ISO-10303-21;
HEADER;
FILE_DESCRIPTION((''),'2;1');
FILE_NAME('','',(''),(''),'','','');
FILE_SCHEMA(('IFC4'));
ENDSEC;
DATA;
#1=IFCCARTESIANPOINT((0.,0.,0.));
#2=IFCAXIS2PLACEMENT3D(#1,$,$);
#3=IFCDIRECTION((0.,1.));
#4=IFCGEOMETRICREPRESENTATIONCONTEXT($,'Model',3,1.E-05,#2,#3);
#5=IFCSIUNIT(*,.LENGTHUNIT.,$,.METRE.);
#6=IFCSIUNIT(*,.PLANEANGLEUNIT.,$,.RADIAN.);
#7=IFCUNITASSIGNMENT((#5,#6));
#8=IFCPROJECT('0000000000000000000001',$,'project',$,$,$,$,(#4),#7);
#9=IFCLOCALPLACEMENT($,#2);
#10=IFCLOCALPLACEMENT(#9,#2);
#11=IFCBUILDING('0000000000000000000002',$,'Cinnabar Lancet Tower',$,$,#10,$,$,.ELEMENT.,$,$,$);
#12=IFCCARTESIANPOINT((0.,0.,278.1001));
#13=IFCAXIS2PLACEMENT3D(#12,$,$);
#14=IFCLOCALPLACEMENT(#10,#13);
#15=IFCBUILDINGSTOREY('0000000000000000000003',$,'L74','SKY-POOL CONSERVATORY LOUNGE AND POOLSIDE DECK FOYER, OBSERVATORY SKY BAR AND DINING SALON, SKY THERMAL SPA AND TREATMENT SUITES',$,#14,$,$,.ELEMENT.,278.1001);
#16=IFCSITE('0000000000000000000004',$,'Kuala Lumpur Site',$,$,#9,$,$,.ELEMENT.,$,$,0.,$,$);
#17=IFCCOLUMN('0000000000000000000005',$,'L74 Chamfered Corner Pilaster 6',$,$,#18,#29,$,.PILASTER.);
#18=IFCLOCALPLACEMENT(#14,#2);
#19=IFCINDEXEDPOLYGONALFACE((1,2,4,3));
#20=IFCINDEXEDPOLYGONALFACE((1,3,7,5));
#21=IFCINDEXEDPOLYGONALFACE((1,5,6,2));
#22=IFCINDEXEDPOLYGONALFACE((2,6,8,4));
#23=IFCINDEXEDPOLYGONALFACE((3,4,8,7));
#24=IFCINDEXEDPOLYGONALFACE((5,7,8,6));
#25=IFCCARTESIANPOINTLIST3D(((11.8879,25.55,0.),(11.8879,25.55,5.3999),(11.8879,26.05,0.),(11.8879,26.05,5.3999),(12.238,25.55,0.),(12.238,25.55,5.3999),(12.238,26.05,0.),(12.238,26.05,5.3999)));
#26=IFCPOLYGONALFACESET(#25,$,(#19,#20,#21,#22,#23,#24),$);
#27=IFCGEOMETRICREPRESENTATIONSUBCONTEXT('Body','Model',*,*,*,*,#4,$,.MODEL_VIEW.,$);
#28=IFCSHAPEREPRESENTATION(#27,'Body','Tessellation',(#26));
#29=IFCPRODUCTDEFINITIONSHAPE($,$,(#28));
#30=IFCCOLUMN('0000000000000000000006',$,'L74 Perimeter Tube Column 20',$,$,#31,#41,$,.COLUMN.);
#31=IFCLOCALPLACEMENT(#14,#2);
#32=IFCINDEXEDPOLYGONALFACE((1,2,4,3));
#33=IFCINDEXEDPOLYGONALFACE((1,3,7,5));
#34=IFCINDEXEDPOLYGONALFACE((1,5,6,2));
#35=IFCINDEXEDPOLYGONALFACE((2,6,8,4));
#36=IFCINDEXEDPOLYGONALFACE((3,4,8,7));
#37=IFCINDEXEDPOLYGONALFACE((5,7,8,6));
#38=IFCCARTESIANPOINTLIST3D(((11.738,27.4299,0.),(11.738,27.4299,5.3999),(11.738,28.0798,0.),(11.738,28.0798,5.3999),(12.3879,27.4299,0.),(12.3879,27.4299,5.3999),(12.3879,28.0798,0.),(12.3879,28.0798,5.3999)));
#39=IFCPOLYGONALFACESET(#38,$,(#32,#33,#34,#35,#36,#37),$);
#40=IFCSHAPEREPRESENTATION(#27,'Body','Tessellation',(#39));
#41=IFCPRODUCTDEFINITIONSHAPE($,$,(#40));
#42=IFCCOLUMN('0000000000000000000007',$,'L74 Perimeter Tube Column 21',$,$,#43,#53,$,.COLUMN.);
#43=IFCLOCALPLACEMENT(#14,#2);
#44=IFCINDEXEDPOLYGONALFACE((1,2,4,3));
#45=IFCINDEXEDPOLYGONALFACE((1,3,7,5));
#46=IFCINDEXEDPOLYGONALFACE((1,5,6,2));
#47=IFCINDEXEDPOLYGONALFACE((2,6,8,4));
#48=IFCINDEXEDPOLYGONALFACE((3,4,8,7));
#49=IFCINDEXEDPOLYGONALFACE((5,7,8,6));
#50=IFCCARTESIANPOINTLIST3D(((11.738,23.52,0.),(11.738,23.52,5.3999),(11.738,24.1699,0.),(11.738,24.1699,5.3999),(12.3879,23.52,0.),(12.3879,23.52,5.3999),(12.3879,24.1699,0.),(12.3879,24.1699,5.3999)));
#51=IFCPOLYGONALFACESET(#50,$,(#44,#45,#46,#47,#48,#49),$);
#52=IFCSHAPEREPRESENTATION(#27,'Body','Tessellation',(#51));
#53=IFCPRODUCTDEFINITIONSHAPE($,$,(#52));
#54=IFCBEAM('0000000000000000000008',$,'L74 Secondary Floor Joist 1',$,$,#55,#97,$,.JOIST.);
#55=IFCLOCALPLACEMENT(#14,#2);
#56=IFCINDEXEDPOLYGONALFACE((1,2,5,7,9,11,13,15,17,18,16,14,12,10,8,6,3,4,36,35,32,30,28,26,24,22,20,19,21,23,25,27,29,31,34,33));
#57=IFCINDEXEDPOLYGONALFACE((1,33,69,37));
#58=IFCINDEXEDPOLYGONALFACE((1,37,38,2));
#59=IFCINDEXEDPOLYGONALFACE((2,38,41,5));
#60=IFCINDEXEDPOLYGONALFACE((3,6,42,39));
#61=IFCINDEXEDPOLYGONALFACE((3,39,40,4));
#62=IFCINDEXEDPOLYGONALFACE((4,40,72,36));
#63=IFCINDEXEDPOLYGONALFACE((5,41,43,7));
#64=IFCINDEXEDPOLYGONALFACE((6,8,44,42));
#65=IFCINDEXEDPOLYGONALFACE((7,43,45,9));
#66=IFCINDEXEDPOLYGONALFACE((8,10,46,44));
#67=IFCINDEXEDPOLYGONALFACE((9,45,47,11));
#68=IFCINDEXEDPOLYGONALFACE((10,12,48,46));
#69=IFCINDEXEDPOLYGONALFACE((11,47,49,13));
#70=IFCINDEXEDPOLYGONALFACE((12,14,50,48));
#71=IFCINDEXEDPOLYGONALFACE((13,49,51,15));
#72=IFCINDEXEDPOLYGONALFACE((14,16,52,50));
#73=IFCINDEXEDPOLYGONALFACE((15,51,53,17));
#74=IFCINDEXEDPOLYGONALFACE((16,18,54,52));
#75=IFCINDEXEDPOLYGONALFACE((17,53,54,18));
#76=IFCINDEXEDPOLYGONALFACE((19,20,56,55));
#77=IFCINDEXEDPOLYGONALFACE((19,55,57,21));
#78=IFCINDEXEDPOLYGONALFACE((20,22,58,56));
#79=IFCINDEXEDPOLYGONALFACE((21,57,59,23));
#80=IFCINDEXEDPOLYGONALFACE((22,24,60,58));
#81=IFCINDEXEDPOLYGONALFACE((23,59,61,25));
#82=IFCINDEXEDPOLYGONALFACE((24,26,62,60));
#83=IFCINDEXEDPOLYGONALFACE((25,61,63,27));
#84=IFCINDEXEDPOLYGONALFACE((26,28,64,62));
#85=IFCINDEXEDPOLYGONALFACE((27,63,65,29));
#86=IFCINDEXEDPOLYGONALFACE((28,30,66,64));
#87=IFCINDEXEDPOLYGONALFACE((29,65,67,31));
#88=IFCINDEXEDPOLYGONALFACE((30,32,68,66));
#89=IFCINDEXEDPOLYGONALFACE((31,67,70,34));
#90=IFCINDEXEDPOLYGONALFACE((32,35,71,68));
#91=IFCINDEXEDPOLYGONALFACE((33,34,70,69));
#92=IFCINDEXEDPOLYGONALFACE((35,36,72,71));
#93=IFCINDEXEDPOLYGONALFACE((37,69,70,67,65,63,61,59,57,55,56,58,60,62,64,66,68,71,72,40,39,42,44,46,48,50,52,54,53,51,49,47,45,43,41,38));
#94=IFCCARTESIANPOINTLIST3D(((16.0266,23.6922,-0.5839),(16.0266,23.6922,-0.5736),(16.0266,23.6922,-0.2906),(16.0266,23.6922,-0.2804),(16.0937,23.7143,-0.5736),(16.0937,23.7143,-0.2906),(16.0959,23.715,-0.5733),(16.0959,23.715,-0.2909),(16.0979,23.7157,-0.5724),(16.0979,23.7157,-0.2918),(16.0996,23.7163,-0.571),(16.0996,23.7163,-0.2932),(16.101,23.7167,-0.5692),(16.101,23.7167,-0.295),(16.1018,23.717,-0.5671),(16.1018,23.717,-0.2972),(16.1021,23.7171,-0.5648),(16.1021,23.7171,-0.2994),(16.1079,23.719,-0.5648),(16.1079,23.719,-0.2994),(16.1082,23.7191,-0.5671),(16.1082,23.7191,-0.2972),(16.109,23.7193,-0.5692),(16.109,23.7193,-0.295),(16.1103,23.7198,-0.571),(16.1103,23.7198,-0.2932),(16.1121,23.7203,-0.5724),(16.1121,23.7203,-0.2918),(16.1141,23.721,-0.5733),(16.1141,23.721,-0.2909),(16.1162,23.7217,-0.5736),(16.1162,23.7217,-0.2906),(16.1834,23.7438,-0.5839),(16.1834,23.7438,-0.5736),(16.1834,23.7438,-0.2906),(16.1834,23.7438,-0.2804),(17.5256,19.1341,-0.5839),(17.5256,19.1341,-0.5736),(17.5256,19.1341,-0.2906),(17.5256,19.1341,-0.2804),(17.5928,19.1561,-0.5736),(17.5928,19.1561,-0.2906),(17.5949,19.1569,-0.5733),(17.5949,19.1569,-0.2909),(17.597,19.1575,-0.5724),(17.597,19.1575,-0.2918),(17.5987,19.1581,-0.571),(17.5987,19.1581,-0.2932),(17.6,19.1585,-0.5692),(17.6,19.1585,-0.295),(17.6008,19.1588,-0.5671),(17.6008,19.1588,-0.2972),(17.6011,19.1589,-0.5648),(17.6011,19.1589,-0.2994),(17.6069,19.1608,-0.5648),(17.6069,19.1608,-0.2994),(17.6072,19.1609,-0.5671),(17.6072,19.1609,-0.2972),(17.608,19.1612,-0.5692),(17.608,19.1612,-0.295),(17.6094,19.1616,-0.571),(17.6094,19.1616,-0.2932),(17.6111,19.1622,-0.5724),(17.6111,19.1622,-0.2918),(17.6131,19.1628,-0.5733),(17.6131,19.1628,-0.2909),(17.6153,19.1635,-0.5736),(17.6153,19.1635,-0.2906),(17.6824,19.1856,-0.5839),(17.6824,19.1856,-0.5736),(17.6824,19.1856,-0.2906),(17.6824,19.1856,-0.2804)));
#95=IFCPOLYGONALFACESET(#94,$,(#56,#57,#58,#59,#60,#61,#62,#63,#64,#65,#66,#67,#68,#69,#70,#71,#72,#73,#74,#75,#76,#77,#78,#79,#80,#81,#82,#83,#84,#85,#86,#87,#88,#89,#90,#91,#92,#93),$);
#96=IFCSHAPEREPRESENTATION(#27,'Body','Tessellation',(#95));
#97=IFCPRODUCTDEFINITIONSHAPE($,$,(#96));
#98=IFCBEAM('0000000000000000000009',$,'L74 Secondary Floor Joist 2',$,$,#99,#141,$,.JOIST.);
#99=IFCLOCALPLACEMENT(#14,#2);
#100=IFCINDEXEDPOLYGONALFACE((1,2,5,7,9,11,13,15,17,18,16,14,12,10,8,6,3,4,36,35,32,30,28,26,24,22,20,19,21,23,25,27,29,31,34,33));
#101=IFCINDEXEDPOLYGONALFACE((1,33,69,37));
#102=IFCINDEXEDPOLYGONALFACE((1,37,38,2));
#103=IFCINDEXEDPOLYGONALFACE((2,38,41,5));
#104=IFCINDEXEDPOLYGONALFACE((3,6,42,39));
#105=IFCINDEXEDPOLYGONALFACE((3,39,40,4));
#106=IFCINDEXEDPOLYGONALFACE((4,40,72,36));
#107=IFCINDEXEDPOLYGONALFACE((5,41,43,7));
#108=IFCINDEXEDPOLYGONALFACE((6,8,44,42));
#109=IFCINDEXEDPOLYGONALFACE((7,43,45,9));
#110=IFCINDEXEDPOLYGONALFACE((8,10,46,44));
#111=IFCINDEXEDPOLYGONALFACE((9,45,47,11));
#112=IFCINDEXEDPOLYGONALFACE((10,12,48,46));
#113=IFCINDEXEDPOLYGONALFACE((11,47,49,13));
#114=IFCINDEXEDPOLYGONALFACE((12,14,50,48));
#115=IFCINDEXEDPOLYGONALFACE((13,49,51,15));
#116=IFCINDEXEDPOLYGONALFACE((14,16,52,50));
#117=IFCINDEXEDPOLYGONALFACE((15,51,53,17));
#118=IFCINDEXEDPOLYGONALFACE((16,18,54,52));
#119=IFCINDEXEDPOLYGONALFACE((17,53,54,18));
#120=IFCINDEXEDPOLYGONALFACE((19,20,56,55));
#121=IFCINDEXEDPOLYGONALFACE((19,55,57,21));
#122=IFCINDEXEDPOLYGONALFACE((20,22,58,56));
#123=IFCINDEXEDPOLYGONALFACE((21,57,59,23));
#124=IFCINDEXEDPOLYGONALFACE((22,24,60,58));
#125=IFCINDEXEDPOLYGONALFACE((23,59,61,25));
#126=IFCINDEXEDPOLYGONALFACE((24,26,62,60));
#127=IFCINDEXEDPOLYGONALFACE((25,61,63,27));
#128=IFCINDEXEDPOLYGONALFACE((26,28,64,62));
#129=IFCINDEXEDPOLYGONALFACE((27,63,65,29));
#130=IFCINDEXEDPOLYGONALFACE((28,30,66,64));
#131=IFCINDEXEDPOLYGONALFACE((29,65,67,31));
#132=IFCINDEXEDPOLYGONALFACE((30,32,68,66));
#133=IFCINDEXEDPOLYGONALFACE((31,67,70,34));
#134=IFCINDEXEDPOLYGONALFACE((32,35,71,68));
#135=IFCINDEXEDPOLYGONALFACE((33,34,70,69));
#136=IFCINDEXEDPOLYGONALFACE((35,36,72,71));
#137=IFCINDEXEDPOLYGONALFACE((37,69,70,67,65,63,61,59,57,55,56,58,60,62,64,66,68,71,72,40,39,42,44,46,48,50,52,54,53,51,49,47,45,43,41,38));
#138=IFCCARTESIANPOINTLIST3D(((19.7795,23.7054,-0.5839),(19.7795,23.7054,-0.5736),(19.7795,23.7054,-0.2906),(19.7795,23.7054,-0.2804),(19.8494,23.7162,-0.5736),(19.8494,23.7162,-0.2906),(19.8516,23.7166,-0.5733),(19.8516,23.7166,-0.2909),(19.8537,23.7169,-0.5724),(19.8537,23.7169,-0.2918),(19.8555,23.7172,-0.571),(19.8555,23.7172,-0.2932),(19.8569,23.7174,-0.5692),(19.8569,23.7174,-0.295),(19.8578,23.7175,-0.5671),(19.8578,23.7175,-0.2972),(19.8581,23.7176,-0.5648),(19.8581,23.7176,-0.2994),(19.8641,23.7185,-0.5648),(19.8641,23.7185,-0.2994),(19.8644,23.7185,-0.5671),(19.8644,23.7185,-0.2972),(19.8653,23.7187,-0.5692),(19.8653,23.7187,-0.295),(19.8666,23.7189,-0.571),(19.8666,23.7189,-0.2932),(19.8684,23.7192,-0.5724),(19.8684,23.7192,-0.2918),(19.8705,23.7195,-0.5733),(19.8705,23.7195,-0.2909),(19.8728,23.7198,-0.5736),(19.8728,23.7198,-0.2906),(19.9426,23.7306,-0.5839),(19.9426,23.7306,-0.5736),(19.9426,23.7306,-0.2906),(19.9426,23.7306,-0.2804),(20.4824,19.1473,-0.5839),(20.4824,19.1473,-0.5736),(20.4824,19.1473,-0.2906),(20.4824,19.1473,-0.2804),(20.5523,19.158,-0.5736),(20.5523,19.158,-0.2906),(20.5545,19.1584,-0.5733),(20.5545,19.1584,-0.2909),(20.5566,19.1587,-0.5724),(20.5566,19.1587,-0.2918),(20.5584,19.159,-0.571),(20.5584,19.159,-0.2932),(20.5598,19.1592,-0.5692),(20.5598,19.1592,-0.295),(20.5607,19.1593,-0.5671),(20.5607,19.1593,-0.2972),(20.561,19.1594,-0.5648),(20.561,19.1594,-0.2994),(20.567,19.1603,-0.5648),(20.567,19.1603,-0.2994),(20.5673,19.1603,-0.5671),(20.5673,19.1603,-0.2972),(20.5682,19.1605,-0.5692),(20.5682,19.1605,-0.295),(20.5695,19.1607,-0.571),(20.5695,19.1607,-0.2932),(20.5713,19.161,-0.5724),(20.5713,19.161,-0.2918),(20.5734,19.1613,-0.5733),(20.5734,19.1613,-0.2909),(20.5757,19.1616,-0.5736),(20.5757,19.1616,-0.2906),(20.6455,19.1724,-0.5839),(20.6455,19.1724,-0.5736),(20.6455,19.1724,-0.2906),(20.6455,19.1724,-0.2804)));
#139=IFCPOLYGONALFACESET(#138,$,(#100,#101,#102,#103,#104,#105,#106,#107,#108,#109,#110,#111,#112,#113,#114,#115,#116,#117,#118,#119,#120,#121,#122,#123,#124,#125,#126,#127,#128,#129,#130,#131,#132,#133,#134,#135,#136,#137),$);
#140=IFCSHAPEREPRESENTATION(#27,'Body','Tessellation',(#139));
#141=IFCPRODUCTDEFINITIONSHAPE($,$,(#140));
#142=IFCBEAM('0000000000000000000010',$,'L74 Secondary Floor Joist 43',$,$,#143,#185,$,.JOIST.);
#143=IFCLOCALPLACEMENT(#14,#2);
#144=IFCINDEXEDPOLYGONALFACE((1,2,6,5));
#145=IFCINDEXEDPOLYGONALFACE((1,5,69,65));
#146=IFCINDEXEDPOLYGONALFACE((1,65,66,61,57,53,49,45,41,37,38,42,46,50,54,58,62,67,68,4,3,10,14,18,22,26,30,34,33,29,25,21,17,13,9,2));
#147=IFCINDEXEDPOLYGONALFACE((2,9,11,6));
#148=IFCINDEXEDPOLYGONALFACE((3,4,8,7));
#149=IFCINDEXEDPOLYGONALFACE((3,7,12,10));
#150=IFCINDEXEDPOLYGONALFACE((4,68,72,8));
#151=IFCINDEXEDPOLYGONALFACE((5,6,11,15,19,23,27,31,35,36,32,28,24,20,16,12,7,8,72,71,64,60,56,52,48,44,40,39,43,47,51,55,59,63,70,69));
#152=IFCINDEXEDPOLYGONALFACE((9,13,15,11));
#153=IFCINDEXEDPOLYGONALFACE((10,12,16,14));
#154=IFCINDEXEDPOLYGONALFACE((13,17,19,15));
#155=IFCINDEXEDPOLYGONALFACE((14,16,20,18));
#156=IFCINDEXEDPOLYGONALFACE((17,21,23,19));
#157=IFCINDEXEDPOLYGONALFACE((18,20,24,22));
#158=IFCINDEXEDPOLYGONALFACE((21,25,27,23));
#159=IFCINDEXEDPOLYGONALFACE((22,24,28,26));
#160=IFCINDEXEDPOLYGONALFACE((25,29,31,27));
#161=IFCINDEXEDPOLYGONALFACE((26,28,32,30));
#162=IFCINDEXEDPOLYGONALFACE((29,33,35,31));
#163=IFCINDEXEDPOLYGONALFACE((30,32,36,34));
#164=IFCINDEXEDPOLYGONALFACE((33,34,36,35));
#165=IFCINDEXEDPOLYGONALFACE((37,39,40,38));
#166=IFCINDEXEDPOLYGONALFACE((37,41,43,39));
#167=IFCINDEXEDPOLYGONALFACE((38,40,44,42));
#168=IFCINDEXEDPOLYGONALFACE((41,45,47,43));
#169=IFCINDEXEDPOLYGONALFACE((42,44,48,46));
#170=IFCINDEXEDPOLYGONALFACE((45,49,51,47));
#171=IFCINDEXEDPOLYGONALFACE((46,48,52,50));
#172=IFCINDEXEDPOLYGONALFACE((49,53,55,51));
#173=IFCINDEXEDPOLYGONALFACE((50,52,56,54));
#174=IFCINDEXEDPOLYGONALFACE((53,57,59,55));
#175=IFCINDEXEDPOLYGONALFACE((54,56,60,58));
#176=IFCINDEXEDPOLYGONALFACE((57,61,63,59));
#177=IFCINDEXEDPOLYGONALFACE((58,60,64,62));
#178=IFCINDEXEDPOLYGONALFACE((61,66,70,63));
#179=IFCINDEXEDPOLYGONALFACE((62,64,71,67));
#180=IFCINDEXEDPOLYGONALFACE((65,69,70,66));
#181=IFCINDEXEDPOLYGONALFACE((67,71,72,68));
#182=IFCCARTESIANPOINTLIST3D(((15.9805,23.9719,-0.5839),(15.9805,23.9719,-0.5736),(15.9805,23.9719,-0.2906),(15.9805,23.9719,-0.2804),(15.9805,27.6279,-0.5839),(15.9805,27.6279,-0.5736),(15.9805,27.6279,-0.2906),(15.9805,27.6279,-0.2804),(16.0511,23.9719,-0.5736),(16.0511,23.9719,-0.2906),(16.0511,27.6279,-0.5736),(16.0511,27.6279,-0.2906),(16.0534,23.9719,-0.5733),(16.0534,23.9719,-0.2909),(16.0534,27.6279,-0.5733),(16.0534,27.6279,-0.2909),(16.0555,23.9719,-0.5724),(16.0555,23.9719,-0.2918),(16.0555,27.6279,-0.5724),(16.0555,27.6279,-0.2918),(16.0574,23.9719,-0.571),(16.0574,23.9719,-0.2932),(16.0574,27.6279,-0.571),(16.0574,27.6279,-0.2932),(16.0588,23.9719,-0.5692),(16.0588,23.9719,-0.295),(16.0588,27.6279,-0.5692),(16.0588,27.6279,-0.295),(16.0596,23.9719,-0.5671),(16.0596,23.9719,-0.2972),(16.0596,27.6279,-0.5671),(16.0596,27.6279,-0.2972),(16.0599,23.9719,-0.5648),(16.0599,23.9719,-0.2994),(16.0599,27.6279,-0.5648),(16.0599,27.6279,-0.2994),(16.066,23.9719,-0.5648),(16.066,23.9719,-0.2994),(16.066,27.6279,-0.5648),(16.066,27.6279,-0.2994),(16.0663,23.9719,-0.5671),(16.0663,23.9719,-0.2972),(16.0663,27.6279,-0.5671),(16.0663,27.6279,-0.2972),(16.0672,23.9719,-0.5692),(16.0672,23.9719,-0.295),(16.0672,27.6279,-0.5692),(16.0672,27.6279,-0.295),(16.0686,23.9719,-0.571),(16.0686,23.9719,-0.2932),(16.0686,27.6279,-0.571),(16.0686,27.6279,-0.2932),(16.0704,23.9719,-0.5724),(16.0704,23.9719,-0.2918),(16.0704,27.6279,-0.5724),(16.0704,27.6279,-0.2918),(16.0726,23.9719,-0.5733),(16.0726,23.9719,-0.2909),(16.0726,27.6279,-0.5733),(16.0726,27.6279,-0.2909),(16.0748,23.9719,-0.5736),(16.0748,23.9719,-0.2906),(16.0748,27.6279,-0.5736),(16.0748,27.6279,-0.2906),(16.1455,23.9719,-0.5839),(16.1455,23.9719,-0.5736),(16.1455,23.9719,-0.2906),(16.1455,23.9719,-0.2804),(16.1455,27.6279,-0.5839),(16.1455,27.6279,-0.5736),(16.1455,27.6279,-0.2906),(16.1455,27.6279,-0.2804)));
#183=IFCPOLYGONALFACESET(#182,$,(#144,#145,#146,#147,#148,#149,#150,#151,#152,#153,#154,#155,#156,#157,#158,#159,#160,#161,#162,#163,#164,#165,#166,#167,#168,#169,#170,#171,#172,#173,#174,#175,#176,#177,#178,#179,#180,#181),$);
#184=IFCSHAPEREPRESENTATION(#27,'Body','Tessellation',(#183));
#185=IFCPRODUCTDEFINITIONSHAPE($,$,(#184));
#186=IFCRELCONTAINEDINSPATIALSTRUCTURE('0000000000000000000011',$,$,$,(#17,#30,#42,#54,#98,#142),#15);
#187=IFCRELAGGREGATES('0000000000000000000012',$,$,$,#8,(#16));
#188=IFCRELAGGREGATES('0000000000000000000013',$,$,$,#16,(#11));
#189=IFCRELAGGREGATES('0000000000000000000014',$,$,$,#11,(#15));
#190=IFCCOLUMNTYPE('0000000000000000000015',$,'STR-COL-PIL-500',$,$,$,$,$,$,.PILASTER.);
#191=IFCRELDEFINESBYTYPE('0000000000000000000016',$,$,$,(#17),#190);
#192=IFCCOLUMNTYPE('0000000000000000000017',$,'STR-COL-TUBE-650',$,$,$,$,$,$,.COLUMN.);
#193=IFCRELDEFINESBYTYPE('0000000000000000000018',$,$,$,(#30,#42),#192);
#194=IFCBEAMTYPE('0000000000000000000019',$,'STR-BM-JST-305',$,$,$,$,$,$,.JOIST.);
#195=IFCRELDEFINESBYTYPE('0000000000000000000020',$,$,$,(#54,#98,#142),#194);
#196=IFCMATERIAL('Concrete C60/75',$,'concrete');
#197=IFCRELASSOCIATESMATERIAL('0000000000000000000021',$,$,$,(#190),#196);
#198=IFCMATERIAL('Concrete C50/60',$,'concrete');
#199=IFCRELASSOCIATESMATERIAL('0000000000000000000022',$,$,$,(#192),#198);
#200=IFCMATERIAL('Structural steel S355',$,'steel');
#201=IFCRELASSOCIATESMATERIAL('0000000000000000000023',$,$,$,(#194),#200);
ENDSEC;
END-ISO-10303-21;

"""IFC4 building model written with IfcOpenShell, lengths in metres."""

from ifc_helpers import new_model, si_unit, direction, frame, origin, origin_2d, place, context, subcontext, project, spatial, rectangle, i_section, extrude, material, material_profile, profile_set, type_object, element, save


model = new_model("IFC4")

# Units and contexts
model_context = context("Model", 3, precision=1e-05, world=origin(), true_north=direction((0.0, 1.0)))
body_context = subcontext(model_context, "Body", "Model", "MODEL_VIEW")
ifc_project = project(units=[si_unit("LENGTHUNIT", "METRE"), si_unit("PLANEANGLEUNIT", "RADIAN")], contexts=[model_context])

# Site, building, storey
site_placement = place(None, origin())
site = spatial("IfcSite", under=ifc_project, at=site_placement, Name="Kuala Lumpur Site", CompositionType="ELEMENT", RefElevation=0.0)
building_placement = place(site_placement, origin())
building = spatial("IfcBuilding", under=site, at=building_placement, Name="Cinnabar Lancet Tower", CompositionType="ELEMENT")
storey_placement = place(building_placement, frame((0.0, 0.0, 278.1001)))
storey = spatial("IfcBuildingStorey", under=building, at=storey_placement, Name="L74", Description="SKY-POOL CONSERVATORY LOUNGE AND POOLSIDE DECK FOYER, OBSERVATORY SKY BAR AND DINING SALON, SKY THERMAL SPA AND TREATMENT SUITES", CompositionType="ELEMENT", Elevation=278.1001)

# Columns
ifc_material_1 = material(Name="Concrete C60/75", Category="concrete")
ifc_material_profile_1 = material_profile(ifc_material_1, rectangle(XDim=0.5, YDim=0.3501, at=origin_2d()), Name="RC-PIL 500x350")
ifc_profile_set_1 = profile_set([ifc_material_profile_1], Name="Concrete C60/75")
column_type_1 = type_object("IfcColumnType", Name="STR-COL-PIL-500", PredefinedType="PILASTER", material=ifc_profile_set_1)
column_placement = place(storey_placement, frame((12.063, 25.8, 0.0), z_axis=(0.0, 0.0, 1.0), x_axis=(0.0, -1.0, 0.0)))
element("IfcColumn", 1, at=column_placement, inside=storey, type_object=column_type_1, Name="L74 Chamfered Corner Pilaster 6", PredefinedType="PILASTER", context=body_context, shape_type="SweptSolid", body=[
    extrude(rectangle(XDim=0.5, YDim=0.3501, at=origin_2d()), origin(), (0.0, 0.0, 1.0), 5.3999),
])
ifc_material_2 = material(Name="Concrete C50/60", Category="concrete")
ifc_material_profile_2 = material_profile(ifc_material_2, rectangle(XDim=0.6499, YDim=0.6499, at=origin_2d()), Name="RC-COL 650x650")
ifc_profile_set_2 = profile_set([ifc_material_profile_2], Name="Concrete C50/60")
column_type_2 = type_object("IfcColumnType", Name="STR-COL-TUBE-650", PredefinedType="COLUMN", material=ifc_profile_set_2)
for number, where, z_axis, x_axis, name in (
    (2, (12.063, 27.7549, 0.0), (0.0, 0.0, 1.0), (1.0, 0.0, 0.0), "L74 Perimeter Tube Column 20"),
    (3, (12.063, 23.845, 0.0), (0.0, 0.0, 1.0), (1.0, 0.0, 0.0), "L74 Perimeter Tube Column 21"),
):
    element("IfcColumn", number, at=place(storey_placement, frame(where, z_axis=z_axis, x_axis=x_axis)), inside=storey, type_object=column_type_2, Name=name, PredefinedType="COLUMN", context=body_context, shape_type="SweptSolid", body=[
        extrude(rectangle(XDim=0.6499, YDim=0.6499, at=origin_2d()), origin(), (0.0, 0.0, 1.0), 5.3999),
    ])

# Beams
ifc_material_3 = material(Name="Structural steel S355", Category="steel")
ifc_material_profile_3 = material_profile(ifc_material_3, i_section(OverallWidth=0.165, OverallDepth=0.3035, WebThickness=0.0061, FlangeThickness=0.0103, FilletRadius=0.0088, at=origin_2d()), Name="UKB 305x165x40")
ifc_profile_set_3 = profile_set([ifc_material_profile_3], Name="Structural steel S355")
beam_type_1 = type_object("IfcBeamType", Name="STR-BM-JST-305", PredefinedType="JOIST", material=ifc_profile_set_3)
beam_1_placement = place(storey_placement, frame((16.105, 23.718, -0.4321), z_axis=(0.312409, -0.949948, 0.0), x_axis=(0.949948, 0.312409, 0.0)))
element("IfcBeam", 4, at=beam_1_placement, inside=storey, type_object=beam_type_1, Name="L74 Secondary Floor Joist 1", PredefinedType="JOIST", context=body_context, shape_type="SweptSolid", body=[
    extrude(i_section(OverallWidth=0.165, OverallDepth=0.3035, WebThickness=0.0061, FlangeThickness=0.0103, FilletRadius=0.0088, at=origin_2d()), origin(), (0.0, 0.0, 1.0), 4.7983),
])
beam_2_placement = place(storey_placement, frame((19.8611, 23.718, -0.4321), z_axis=(0.152403, -0.988318, 0.0), x_axis=(0.988318, 0.152403, 0.0)))
element("IfcBeam", 5, at=beam_2_placement, inside=storey, type_object=beam_type_1, Name="L74 Secondary Floor Joist 2", PredefinedType="JOIST", context=body_context, shape_type="SweptSolid", body=[
    extrude(i_section(OverallWidth=0.165, OverallDepth=0.3035, WebThickness=0.0061, FlangeThickness=0.0103, FilletRadius=0.0088, at=origin_2d()), origin(), (0.0, 0.0, 1.0), 4.6121),
])
for number, where, z_axis, x_axis, name in (
    (6, (16.063, 27.6279, -0.4321), (0.0, -1.0, 0.0), (1.0, 0.0, 0.0), "L74 Secondary Floor Joist 43"),
):
    element("IfcBeam", number, at=place(storey_placement, frame(where, z_axis=z_axis, x_axis=x_axis)), inside=storey, type_object=beam_type_1, Name=name, PredefinedType="JOIST", context=body_context, shape_type="SweptSolid", body=[
        extrude(i_section(OverallWidth=0.165, OverallDepth=0.3035, WebThickness=0.0061, FlangeThickness=0.0103, FilletRadius=0.0088, at=origin_2d()), origin(), (0.0, 0.0, 1.0), 3.656),
    ])

save(model, "model.ifc")
